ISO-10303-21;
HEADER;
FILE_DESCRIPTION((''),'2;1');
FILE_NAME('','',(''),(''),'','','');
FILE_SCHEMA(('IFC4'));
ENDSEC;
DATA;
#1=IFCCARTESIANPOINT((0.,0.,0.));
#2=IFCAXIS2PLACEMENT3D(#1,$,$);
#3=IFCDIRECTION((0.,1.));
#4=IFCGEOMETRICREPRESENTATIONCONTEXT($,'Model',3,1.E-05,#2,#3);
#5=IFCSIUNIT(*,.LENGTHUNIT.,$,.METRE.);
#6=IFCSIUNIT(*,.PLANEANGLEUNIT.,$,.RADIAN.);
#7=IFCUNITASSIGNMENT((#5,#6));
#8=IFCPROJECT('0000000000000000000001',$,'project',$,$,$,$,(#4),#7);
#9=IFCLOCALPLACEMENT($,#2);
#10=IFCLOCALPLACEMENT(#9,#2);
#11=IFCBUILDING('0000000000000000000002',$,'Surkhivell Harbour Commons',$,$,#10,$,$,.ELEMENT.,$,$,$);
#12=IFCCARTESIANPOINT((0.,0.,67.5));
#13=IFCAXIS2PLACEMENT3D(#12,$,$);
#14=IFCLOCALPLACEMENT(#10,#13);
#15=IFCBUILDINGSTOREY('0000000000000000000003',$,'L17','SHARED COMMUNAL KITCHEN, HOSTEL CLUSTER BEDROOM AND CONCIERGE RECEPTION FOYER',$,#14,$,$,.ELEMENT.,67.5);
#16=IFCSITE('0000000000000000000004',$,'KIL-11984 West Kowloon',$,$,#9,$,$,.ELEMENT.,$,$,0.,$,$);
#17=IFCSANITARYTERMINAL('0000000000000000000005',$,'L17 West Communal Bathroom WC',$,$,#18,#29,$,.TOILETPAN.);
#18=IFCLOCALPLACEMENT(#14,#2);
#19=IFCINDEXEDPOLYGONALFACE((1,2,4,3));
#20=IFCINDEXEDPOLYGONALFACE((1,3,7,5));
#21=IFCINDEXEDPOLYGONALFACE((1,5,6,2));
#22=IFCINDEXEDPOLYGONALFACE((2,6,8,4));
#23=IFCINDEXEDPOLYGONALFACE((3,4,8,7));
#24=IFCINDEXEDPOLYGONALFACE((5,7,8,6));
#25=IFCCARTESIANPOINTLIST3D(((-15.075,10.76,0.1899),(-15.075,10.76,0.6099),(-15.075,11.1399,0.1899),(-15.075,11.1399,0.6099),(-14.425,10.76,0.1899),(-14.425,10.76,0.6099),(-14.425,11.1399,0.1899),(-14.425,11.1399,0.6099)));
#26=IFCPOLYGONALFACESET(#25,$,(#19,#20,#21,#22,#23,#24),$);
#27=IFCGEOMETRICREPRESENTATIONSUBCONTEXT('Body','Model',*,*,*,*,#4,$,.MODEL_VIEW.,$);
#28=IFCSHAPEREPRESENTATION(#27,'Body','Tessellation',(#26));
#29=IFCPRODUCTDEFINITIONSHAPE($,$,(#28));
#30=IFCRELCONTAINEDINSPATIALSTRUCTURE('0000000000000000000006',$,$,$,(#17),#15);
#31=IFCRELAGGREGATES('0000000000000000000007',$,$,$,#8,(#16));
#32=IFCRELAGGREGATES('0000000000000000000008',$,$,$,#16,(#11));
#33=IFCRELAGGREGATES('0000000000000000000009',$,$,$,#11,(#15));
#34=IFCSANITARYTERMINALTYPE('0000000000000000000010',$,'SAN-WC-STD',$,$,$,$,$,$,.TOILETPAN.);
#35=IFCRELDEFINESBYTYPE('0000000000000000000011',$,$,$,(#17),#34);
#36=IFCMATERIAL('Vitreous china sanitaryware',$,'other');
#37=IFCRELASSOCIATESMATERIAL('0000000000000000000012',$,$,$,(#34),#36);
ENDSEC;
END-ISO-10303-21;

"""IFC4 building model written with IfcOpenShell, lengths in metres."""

from ifc_helpers import new_model, si_unit, direction, frame, origin, origin_2d, place, context, subcontext, project, spatial, rectangle, extrude, material, type_object, element, save


model = new_model("IFC4")

# Units and contexts
model_context = context("Model", 3, precision=1e-05, world=origin(), true_north=direction((0.0, 1.0)))
body_context = subcontext(model_context, "Body", "Model", "MODEL_VIEW")
ifc_project = project(units=[si_unit("LENGTHUNIT", "METRE"), si_unit("PLANEANGLEUNIT", "RADIAN")], contexts=[model_context])

# Site, building, storey
site_placement = place(None, origin())
site = spatial("IfcSite", under=ifc_project, at=site_placement, Name="KIL-11984 West Kowloon", CompositionType="ELEMENT", RefElevation=0.0)
building_placement = place(site_placement, origin())
building = spatial("IfcBuilding", under=site, at=building_placement, Name="Surkhivell Harbour Commons", CompositionType="ELEMENT")
storey_placement = place(building_placement, frame((0.0, 0.0, 67.5)))
storey = spatial("IfcBuildingStorey", under=building, at=storey_placement, Name="L17", Description="SHARED COMMUNAL KITCHEN, HOSTEL CLUSTER BEDROOM AND CONCIERGE RECEPTION FOYER", CompositionType="ELEMENT", Elevation=67.5)

# Sanitary terminal
ifc_material_1 = material(Name="Vitreous china sanitaryware", Category="other")
sanitary_terminal_type = type_object("IfcSanitaryTerminalType", Name="SAN-WC-STD", PredefinedType="TOILETPAN", material=ifc_material_1)
sanitary_terminal_placement = place(storey_placement, frame((-14.75, 10.95, 0.1899), z_axis=(0.0, 0.0, 1.0), x_axis=(1.0, 0.0, 0.0)))
element("IfcSanitaryTerminal", 1, at=sanitary_terminal_placement, inside=storey, type_object=sanitary_terminal_type, Name="L17 West Communal Bathroom WC", PredefinedType="TOILETPAN", context=body_context, shape_type="SweptSolid", body=[
    extrude(rectangle(XDim=0.6499, YDim=0.3799, at=origin_2d()), origin(), (0.0, 0.0, 1.0), 0.4199),
])

save(model, "model.ifc")
